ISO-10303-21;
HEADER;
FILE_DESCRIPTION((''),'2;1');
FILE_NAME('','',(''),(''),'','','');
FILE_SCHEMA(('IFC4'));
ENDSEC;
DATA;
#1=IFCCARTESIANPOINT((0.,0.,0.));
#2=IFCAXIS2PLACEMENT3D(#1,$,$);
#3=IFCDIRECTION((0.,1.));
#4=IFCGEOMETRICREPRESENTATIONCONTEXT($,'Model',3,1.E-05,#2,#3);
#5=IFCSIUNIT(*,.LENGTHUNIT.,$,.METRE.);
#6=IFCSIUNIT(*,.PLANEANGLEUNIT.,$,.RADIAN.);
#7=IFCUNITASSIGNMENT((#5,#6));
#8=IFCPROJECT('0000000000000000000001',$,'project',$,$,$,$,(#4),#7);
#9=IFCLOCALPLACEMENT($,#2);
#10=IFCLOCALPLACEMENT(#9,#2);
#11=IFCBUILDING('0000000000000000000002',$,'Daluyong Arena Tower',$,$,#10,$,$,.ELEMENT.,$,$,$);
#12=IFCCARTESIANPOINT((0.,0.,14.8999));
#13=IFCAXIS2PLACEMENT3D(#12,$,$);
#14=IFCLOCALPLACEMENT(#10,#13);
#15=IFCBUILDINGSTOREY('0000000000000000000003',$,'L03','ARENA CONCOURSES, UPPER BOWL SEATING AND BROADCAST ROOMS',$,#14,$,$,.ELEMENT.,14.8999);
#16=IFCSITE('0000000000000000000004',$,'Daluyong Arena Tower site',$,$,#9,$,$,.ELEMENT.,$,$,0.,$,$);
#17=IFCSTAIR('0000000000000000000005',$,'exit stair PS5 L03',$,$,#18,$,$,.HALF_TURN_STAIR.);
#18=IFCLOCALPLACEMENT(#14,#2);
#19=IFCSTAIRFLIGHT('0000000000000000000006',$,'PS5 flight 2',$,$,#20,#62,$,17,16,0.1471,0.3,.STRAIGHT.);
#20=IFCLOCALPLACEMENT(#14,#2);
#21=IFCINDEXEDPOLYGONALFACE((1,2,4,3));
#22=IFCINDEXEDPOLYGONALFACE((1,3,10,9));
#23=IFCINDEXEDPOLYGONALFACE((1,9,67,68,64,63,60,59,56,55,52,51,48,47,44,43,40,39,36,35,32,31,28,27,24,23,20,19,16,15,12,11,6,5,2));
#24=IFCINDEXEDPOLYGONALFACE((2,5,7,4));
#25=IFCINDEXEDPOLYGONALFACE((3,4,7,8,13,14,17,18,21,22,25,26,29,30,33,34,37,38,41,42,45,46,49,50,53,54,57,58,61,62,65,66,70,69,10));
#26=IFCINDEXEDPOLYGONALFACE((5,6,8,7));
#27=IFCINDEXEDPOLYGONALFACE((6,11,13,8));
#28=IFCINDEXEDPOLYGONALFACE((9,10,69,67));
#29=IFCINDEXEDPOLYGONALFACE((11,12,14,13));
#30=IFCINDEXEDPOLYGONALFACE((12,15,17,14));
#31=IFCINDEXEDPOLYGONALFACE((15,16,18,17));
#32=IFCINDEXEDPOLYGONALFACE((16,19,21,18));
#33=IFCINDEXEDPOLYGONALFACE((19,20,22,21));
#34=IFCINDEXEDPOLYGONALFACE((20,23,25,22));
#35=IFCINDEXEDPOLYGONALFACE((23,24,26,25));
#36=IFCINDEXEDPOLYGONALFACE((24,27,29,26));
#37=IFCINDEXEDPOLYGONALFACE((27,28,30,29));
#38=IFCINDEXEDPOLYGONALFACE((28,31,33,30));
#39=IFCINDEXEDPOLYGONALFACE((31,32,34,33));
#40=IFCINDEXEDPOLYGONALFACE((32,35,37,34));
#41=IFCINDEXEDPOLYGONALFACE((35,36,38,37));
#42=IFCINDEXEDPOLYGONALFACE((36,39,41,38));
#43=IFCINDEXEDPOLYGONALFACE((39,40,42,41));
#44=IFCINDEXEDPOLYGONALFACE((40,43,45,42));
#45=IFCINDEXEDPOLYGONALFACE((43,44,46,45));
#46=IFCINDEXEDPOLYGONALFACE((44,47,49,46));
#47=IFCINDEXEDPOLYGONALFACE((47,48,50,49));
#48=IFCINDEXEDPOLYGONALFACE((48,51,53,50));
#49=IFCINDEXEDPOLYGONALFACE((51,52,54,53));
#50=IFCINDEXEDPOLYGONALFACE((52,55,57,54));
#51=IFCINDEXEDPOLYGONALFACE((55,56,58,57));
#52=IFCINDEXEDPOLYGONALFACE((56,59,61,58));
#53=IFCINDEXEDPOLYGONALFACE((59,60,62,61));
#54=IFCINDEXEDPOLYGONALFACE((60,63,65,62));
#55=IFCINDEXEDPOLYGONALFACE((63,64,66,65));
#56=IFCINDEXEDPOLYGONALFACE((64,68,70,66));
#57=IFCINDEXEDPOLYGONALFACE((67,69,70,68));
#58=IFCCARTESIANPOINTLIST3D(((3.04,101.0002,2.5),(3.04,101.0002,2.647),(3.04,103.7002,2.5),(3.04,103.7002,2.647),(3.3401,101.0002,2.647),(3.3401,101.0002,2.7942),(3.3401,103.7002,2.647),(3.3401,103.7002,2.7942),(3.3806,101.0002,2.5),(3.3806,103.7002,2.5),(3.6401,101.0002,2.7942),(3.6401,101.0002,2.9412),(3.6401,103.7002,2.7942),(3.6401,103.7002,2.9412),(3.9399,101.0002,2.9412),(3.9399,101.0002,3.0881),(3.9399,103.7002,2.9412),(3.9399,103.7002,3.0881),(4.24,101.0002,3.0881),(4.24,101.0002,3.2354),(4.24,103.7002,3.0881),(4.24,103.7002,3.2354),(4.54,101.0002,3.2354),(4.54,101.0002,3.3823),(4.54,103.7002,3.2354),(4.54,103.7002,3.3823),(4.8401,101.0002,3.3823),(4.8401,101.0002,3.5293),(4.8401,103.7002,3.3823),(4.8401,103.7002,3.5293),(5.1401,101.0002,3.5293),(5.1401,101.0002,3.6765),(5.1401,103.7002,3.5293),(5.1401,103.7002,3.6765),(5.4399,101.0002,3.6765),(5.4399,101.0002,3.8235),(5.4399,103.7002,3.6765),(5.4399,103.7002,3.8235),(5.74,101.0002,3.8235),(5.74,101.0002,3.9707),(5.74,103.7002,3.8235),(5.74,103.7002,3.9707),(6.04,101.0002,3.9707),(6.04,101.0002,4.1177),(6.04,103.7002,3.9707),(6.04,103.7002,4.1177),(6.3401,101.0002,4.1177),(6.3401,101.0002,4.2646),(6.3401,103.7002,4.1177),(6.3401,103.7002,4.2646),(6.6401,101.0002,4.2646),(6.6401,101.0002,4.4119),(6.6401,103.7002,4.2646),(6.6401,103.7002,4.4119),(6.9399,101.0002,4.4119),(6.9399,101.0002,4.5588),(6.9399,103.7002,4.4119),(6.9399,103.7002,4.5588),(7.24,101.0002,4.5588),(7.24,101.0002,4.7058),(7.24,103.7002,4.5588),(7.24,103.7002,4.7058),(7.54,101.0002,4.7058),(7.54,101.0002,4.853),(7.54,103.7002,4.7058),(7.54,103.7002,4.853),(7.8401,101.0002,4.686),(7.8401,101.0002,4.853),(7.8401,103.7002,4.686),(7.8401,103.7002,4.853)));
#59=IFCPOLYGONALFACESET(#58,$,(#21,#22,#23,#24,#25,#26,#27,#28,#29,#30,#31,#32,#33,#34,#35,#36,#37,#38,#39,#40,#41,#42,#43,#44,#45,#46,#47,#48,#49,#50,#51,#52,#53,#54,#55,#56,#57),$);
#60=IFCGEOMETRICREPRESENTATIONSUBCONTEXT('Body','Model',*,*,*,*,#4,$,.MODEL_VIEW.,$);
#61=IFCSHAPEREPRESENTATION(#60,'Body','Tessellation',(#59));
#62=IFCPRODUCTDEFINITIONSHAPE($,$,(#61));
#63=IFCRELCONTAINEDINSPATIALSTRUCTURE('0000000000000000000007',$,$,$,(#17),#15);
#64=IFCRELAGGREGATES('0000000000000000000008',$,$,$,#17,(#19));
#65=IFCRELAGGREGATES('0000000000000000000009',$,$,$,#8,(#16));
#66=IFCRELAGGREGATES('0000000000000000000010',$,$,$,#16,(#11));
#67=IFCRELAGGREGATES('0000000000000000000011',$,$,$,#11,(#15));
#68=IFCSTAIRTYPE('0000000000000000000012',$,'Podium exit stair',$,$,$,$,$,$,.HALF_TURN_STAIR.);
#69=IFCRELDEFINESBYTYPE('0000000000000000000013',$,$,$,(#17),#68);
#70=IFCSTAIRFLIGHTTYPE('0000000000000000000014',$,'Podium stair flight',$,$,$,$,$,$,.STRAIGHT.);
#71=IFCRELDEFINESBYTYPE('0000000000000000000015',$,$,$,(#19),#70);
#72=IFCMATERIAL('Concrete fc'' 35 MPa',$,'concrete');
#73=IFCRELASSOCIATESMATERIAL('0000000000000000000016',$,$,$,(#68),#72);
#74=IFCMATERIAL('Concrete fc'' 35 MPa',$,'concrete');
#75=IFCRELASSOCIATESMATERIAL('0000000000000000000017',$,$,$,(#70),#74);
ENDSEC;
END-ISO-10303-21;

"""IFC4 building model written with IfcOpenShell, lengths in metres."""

from ifc_helpers import new_model, si_unit, direction, frame, origin, place, context, subcontext, project, spatial, polyline, outline, extrude, material, type_object, element, aggregate, save


model = new_model("IFC4")

# Units and contexts
model_context = context("Model", 3, precision=1e-05, world=origin(), true_north=direction((0.0, 1.0)))
body_context = subcontext(model_context, "Body", "Model", "MODEL_VIEW")
ifc_project = project(units=[si_unit("LENGTHUNIT", "METRE"), si_unit("PLANEANGLEUNIT", "RADIAN")], contexts=[model_context])

# Site, building, storey
site_placement = place(None, origin())
site = spatial("IfcSite", under=ifc_project, at=site_placement, Name="Daluyong Arena Tower site", CompositionType="ELEMENT", RefElevation=0.0)
building_placement = place(site_placement, origin())
building = spatial("IfcBuilding", under=site, at=building_placement, Name="Daluyong Arena Tower", CompositionType="ELEMENT")
storey_placement = place(building_placement, frame((0.0, 0.0, 14.8999)))
storey = spatial("IfcBuildingStorey", under=building, at=storey_placement, Name="L03", Description="ARENA CONCOURSES, UPPER BOWL SEATING AND BROADCAST ROOMS", CompositionType="ELEMENT", Elevation=14.8999)

# Stair, stair flight
ifc_material_1 = material(Name="Concrete fc' 35 MPa", Category="concrete")
stair_type = type_object("IfcStairType", Name="Podium exit stair", PredefinedType="HALF_TURN_STAIR", material=ifc_material_1)
stair_placement = place(storey_placement, origin())
stair = element("IfcStair", 1, at=stair_placement, inside=storey, type_object=stair_type, Name="exit stair PS5 L03", PredefinedType="HALF_TURN_STAIR")
ifc_material_2 = material(Name="Concrete fc' 35 MPa", Category="concrete")
stair_flight_type = type_object("IfcStairFlightType", Name="Podium stair flight", PredefinedType="STRAIGHT", material=ifc_material_2)
stair_flight_placement = place(storey_placement, frame((3.04, 102.3501, 2.5), z_axis=(0.0, 0.0, 1.0), x_axis=(1.0, 0.0, 0.0)))
stair_flight = element("IfcStairFlight", 2, at=stair_flight_placement, type_object=stair_flight_type, Name="PS5 flight 2", NumberOfRisers=17, NumberOfTreads=16, PredefinedType="STRAIGHT", RiserHeight=0.1471, TreadLength=0.3, context=body_context, shape_type="SweptSolid", body=[
    extrude(outline(polyline([(0.0, 0.0), (0.0, 0.147), (0.3, 0.147), (0.3, 0.2942), (0.6001, 0.2942), (0.6001, 0.4412), (0.8999, 0.4412), (0.8999, 0.5881), (1.2, 0.5881), (1.2, 0.7354), (1.5, 0.7354), (1.5, 0.8823), (1.8, 0.8823), (1.8, 1.0293), (2.1001, 1.0293), (2.1001, 1.1765), (2.3999, 1.1765), (2.3999, 1.3235), (2.7, 1.3235), (2.7, 1.4707), (3.0, 1.4707), (3.0, 1.6177), (3.3, 1.6177), (3.3, 1.7646), (3.6001, 1.7646), (3.6001, 1.9119), (3.8999, 1.9119), (3.8999, 2.0588), (4.2, 2.0588), (4.2, 2.2058), (4.5, 2.2058), (4.5, 2.353), (4.8, 2.353), (4.8, 2.5), (4.8, 2.186), (0.3406, 0.0), (0.0, 0.0)])), frame((0.0, 1.3501, 0.0), z_axis=(0.0, -1.0, 0.0), x_axis=(1.0, 0.0, 0.0)), (0.0, 0.0, 1.0), 2.7),
])
aggregate(stair, [stair_flight])

save(model, "model.ifc")
